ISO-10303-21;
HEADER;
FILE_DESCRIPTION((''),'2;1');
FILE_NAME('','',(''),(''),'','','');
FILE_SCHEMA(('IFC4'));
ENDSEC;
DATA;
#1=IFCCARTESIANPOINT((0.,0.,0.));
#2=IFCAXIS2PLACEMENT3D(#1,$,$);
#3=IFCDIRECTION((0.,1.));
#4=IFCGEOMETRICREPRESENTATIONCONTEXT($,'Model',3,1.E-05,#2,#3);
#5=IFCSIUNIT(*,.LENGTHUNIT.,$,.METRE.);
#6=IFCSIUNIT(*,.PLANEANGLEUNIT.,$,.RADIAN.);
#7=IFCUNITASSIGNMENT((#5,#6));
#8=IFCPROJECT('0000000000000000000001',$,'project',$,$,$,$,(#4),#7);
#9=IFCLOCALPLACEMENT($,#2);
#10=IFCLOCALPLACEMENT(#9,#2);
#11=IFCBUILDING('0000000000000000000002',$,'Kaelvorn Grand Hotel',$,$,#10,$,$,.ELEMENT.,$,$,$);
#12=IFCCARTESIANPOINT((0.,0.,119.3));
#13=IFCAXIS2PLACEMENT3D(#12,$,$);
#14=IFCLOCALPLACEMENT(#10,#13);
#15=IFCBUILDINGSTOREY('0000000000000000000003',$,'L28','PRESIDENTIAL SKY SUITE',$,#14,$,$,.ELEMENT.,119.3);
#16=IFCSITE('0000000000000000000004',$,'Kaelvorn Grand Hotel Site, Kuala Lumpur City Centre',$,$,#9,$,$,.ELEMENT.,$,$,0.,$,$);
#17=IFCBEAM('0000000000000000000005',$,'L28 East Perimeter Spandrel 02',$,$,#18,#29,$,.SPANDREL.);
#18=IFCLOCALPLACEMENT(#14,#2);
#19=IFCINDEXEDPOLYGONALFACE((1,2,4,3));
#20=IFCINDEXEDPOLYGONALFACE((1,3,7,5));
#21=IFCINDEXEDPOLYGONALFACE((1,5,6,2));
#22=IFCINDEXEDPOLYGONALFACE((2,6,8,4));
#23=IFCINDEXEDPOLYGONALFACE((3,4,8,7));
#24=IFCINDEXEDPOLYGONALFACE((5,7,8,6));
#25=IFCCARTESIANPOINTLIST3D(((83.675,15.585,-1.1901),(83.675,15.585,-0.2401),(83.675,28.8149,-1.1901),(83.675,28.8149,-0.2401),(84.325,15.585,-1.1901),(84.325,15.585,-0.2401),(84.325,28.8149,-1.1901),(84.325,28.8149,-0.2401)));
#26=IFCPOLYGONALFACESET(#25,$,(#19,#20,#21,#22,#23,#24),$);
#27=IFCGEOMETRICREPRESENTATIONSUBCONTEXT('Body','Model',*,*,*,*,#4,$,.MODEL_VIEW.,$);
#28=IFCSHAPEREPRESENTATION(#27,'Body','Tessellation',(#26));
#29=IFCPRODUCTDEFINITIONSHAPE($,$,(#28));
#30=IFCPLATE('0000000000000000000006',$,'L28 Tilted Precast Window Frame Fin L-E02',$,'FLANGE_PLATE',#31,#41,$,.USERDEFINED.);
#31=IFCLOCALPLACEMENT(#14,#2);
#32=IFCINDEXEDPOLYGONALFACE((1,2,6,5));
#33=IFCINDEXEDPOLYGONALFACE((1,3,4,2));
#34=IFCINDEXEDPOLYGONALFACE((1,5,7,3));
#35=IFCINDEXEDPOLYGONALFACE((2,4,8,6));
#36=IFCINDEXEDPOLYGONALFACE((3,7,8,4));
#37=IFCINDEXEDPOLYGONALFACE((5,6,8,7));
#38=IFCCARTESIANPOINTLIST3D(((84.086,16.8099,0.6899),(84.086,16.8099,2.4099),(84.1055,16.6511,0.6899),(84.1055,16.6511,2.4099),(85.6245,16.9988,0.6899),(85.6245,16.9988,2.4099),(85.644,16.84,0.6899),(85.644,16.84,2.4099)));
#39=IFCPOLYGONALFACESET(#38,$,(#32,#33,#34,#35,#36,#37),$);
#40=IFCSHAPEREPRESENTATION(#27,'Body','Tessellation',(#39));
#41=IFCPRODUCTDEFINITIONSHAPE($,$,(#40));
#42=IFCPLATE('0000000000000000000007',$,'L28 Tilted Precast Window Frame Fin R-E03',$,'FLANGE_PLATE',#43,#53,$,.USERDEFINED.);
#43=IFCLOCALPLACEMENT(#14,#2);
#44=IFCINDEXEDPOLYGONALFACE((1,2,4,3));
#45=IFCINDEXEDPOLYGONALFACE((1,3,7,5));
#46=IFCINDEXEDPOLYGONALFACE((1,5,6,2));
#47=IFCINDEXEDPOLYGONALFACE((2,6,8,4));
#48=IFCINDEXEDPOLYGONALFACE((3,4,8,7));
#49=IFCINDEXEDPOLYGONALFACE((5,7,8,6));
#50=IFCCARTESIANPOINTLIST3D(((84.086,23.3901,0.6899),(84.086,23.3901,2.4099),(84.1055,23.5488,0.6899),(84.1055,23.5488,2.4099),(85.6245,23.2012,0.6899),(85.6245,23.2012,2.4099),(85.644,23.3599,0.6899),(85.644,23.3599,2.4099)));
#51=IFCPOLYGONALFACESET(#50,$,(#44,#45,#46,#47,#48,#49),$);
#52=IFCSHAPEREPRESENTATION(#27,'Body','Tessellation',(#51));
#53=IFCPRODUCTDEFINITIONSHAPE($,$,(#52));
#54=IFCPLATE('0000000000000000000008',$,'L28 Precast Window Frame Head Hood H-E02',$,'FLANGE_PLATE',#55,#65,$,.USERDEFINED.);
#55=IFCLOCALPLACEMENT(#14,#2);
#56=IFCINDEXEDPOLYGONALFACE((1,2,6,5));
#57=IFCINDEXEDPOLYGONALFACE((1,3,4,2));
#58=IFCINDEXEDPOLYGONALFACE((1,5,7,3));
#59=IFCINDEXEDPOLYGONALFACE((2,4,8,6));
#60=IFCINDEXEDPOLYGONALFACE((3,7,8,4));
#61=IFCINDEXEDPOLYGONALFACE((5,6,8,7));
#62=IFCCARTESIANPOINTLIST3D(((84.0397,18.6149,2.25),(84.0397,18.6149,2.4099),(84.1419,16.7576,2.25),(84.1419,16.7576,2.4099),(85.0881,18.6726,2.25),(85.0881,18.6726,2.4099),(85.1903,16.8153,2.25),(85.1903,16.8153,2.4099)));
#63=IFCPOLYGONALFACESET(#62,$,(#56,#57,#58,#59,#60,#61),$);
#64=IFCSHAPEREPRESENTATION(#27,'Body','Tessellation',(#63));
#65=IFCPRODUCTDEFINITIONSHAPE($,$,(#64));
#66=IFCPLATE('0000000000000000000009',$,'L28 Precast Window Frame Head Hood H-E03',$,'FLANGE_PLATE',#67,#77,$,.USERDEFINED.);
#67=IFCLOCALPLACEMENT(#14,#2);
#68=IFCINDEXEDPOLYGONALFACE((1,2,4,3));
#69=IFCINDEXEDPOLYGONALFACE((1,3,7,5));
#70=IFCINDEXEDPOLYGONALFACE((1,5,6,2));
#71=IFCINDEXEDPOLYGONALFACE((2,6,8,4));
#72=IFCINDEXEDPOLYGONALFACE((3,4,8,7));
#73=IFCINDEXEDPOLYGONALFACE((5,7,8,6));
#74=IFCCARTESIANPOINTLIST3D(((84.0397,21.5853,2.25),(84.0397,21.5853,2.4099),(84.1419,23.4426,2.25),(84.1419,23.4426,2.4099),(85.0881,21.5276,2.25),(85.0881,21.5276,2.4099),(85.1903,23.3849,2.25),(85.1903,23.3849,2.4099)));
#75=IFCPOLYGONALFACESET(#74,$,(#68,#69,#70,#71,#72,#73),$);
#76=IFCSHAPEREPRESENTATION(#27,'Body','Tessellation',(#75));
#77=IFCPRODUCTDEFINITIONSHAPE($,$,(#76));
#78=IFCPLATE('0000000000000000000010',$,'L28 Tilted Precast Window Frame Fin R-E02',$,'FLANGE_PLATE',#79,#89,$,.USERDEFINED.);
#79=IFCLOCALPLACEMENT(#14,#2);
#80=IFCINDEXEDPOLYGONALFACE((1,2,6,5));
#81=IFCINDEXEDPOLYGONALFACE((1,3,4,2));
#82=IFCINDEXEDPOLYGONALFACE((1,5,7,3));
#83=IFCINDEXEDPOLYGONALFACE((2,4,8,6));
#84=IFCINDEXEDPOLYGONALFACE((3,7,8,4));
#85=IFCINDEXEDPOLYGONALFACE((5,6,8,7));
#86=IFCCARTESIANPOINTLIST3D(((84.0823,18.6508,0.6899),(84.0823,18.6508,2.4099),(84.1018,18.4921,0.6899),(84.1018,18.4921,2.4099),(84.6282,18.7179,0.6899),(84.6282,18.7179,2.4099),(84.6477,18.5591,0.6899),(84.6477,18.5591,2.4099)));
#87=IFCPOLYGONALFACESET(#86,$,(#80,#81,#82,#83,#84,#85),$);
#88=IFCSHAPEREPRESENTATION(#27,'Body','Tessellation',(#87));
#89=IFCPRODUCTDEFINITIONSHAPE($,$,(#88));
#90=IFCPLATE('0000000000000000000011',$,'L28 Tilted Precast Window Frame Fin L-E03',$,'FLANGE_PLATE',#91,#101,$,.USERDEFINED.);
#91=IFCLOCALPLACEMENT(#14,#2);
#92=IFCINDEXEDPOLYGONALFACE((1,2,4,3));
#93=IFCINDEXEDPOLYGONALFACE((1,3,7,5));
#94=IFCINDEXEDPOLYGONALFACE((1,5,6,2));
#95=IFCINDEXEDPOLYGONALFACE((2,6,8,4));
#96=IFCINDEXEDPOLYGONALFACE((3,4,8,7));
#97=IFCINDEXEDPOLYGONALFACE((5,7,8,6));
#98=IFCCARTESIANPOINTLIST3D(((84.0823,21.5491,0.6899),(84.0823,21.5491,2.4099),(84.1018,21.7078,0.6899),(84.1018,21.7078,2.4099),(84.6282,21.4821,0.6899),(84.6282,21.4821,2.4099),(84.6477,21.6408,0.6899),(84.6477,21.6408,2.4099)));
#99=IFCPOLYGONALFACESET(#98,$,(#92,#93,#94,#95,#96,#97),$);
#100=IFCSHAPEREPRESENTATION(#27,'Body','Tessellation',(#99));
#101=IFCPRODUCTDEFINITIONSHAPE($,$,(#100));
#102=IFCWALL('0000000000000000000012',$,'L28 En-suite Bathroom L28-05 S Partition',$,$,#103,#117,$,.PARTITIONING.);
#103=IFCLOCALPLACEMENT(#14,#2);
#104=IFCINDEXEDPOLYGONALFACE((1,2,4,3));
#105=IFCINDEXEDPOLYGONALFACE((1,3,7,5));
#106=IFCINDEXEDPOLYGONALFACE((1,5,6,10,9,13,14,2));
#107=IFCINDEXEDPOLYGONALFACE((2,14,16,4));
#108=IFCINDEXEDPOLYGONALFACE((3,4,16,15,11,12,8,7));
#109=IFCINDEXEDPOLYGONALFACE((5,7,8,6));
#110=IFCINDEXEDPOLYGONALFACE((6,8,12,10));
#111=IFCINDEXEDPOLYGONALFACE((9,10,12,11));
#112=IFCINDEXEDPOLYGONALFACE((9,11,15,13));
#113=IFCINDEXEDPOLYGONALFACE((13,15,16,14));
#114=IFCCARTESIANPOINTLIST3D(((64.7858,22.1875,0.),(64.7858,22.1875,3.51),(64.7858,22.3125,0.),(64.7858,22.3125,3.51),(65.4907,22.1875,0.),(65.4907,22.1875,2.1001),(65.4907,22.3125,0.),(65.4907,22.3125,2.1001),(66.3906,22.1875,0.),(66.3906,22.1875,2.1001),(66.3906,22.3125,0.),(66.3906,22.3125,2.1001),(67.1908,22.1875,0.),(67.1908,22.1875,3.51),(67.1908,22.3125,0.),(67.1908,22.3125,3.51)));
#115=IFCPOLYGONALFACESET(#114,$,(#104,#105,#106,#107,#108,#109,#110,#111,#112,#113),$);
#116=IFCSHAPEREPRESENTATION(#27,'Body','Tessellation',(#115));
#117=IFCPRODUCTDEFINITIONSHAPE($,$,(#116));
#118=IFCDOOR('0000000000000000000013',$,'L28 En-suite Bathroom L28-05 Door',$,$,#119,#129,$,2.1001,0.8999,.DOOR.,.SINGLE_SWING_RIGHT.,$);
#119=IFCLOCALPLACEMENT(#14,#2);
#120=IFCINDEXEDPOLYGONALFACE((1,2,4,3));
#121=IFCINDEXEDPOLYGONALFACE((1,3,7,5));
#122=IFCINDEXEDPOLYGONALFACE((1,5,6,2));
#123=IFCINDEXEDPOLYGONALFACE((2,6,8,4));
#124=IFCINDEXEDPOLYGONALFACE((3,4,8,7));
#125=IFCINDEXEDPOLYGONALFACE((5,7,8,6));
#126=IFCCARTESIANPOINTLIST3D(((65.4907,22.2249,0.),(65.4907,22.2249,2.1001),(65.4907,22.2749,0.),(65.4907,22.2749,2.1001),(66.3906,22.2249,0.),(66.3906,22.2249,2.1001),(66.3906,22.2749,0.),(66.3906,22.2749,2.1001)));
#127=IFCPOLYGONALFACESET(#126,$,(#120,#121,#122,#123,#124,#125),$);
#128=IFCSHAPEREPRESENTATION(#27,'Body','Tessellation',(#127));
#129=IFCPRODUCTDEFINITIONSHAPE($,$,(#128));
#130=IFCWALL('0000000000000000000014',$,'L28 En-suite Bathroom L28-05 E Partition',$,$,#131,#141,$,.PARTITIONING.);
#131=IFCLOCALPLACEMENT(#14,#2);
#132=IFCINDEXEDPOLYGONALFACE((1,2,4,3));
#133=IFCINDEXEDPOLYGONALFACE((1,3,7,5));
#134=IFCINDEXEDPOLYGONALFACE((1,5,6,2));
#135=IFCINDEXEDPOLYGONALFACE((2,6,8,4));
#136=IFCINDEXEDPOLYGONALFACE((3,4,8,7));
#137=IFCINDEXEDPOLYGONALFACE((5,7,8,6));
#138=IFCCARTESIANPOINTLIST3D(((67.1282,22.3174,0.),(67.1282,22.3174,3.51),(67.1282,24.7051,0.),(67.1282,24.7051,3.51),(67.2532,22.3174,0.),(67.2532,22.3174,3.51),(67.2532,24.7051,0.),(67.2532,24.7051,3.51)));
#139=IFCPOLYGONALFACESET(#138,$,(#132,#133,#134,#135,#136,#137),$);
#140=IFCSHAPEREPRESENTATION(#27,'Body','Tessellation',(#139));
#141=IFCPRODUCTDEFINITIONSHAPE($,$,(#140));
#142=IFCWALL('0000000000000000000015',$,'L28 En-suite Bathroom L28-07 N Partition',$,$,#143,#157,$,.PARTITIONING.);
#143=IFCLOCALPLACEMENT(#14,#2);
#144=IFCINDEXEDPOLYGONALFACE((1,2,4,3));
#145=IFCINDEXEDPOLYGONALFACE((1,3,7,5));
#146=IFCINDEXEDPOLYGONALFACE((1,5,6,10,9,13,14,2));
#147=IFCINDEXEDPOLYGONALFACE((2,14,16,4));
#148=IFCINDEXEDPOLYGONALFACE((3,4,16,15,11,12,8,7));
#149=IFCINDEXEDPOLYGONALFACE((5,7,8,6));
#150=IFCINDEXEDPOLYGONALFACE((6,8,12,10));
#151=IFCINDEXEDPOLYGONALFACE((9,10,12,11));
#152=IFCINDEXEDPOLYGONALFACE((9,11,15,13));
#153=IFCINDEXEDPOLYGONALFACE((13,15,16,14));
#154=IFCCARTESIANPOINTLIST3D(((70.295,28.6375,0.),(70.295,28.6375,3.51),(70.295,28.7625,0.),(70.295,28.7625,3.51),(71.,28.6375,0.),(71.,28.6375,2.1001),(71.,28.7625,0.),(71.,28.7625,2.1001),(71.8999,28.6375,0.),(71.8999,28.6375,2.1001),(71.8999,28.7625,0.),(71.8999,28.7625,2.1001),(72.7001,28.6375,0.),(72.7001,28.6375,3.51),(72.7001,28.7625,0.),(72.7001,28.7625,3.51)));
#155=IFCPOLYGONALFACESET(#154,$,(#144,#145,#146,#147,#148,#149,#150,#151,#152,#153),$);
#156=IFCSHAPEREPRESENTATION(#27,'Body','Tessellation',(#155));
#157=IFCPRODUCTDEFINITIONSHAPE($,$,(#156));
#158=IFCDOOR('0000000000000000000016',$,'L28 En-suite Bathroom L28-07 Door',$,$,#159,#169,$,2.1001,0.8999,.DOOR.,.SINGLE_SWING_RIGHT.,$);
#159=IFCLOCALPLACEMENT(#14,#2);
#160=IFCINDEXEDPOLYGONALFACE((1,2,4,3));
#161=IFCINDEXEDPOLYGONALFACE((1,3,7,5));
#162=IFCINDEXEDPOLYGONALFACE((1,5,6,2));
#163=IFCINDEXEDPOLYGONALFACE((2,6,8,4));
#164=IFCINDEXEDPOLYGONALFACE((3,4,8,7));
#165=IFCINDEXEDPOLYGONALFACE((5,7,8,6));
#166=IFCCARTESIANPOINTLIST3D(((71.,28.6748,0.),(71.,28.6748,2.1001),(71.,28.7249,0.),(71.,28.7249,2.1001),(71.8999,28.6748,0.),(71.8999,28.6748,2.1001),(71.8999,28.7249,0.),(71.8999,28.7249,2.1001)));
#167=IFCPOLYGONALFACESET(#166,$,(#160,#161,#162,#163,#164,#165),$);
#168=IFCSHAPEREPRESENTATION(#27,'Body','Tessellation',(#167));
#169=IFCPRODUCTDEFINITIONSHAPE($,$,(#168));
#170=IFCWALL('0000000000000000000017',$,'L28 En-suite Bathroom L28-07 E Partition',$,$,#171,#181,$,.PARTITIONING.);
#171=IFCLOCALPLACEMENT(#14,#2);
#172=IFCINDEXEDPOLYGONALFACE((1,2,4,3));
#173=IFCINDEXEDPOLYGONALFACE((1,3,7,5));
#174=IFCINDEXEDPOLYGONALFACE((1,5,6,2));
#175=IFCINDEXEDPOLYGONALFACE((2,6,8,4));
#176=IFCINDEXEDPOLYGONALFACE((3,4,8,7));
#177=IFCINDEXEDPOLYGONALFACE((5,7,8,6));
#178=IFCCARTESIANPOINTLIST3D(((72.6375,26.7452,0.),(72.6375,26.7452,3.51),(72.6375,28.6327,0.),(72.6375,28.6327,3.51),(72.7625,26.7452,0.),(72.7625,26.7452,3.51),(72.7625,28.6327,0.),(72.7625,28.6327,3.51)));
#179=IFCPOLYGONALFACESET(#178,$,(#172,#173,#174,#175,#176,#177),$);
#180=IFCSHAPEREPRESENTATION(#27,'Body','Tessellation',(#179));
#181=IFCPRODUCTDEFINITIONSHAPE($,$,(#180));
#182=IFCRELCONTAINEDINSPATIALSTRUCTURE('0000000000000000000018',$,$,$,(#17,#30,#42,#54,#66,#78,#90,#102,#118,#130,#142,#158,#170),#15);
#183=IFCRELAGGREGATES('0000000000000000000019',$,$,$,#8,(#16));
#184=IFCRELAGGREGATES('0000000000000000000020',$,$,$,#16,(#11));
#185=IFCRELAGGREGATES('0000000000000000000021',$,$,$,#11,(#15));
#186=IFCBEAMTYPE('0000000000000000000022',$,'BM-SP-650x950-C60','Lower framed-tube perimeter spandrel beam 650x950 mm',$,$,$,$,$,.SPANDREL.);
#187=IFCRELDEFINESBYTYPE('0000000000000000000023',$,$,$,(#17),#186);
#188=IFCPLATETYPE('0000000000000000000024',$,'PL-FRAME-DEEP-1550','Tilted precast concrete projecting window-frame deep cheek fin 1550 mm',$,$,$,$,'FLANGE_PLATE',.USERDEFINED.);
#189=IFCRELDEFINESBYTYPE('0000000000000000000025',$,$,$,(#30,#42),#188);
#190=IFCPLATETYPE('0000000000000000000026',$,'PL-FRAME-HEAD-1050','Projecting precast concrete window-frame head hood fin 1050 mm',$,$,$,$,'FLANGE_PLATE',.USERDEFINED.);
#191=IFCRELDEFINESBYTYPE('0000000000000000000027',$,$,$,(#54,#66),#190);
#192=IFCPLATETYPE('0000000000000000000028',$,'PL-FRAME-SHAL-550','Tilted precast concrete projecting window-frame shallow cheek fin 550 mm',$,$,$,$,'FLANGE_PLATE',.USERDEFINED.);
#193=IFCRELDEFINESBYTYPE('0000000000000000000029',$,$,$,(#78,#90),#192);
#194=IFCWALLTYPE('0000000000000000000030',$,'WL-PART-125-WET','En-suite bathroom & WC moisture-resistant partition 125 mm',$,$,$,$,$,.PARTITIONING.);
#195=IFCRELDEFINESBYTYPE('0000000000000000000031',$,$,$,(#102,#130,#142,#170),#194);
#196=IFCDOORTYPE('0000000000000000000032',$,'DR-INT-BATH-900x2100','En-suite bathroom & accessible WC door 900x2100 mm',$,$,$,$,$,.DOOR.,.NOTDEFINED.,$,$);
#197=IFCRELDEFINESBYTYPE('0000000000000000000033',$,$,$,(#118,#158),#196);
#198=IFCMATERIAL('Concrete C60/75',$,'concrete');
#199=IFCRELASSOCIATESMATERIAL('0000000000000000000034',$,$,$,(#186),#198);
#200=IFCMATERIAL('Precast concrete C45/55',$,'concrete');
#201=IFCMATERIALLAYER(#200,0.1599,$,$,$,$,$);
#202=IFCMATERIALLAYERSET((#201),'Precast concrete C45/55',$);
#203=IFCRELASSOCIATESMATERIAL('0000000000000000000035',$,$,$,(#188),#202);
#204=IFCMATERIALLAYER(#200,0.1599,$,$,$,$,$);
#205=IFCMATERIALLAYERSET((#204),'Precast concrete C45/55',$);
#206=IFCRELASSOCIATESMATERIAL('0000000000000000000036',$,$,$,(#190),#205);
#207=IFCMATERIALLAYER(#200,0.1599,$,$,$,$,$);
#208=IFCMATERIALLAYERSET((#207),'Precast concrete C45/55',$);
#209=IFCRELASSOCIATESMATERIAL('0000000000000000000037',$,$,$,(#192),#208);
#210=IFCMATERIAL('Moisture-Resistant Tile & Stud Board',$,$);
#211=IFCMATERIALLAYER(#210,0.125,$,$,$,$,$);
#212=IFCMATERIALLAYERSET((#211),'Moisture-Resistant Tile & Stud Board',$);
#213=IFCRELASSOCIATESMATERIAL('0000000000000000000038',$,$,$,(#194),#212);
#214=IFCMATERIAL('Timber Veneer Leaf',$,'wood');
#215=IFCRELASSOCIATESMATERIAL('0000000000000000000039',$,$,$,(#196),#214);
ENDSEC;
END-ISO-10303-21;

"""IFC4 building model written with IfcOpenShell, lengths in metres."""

from ifc_helpers import new_model, si_unit, direction, frame, frame_2d, origin, origin_2d, place, context, subcontext, project, spatial, rectangle, extrude, material, layer, layer_set, material_profile, profile_set, type_object, element, fill, save


model = new_model("IFC4")

# Units and contexts
model_context = context("Model", 3, precision=1e-05, world=origin(), true_north=direction((0.0, 1.0)))
body_context = subcontext(model_context, "Body", "Model", "MODEL_VIEW")
ifc_project = project(units=[si_unit("LENGTHUNIT", "METRE"), si_unit("PLANEANGLEUNIT", "RADIAN")], contexts=[model_context])

# Site, building, storey
site_placement = place(None, origin())
site = spatial("IfcSite", under=ifc_project, at=site_placement, Name="Kaelvorn Grand Hotel Site, Kuala Lumpur City Centre", CompositionType="ELEMENT", RefElevation=0.0)
building_placement = place(site_placement, origin())
building = spatial("IfcBuilding", under=site, at=building_placement, Name="Kaelvorn Grand Hotel", CompositionType="ELEMENT")
storey_placement = place(building_placement, frame((0.0, 0.0, 119.3)))
storey = spatial("IfcBuildingStorey", under=building, at=storey_placement, Name="L28", Description="PRESIDENTIAL SKY SUITE", CompositionType="ELEMENT", Elevation=119.3)

# Shared definitions
ifc_material_1 = material(Name="Concrete C60/75", Category="concrete")

# Beam
ifc_material_profile_1 = material_profile(ifc_material_1, rectangle(XDim=0.6499, YDim=0.95, at=origin_2d()), Name="RC SPANDREL 650x950")
ifc_profile_set_1 = profile_set([ifc_material_profile_1], Name="Concrete C60/75")
beam_type_1 = type_object("IfcBeamType", Name="BM-SP-650x950-C60", Description="Lower framed-tube perimeter spandrel beam 650x950 mm", PredefinedType="SPANDREL", material=ifc_profile_set_1)
beam_1_placement = place(storey_placement, frame((84.0, 15.585, -0.7151), z_axis=(0.0, 1.0, 0.0), x_axis=(-1.0, 0.0, 0.0)))
element("IfcBeam", 1, at=beam_1_placement, inside=storey, type_object=beam_type_1, Name="L28 East Perimeter Spandrel 02", PredefinedType="SPANDREL", context=body_context, shape_type="SweptSolid", body=[
    extrude(rectangle(XDim=0.6499, YDim=0.95, at=origin_2d()), origin(), (0.0, 0.0, 1.0), 13.23),
])

# Plates
ifc_material_2 = material(Name="Precast concrete C45/55", Category="concrete")
ifc_layer_1 = layer(ifc_material_2, 0.1599)
ifc_layer_set_1 = layer_set([ifc_layer_1], Name="Precast concrete C45/55")
plate_type_1 = type_object("IfcPlateType", Name="PL-FRAME-DEEP-1550", Description="Tilted precast concrete projecting window-frame deep cheek fin 1550 mm", ElementType="FLANGE_PLATE", PredefinedType="USERDEFINED", material=ifc_layer_set_1)
for number, where, z_axis, x_axis, name in (
    (2, (84.865, 16.825, 0.6899), (0.0, 0.0, 1.0), (-0.121869, 0.992546, 0.0), "L28 Tilted Precast Window Frame Fin L-E02"),
    (3, (84.865, 23.375, 0.6899), (0.0, 0.0, 1.0), (0.121869, 0.992546, 0.0), "L28 Tilted Precast Window Frame Fin R-E03"),
):
    element("IfcPlate", number, at=place(storey_placement, frame(where, z_axis=z_axis, x_axis=x_axis)), inside=storey, type_object=plate_type_1, Name=name, ObjectType="FLANGE_PLATE", PredefinedType="USERDEFINED", context=body_context, shape_type="SweptSolid", body=[
        extrude(rectangle(XDim=0.1599, YDim=1.55, at=origin_2d()), origin(), (0.0, 0.0, 1.0), 1.72),
    ])
ifc_layer_2 = layer(ifc_material_2, 0.1599)
ifc_layer_set_2 = layer_set([ifc_layer_2], Name="Precast concrete C45/55")
plate_type_2 = type_object("IfcPlateType", Name="PL-FRAME-HEAD-1050", Description="Projecting precast concrete window-frame head hood fin 1050 mm", ElementType="FLANGE_PLATE", PredefinedType="USERDEFINED", material=ifc_layer_set_2)
for number, where, z_axis, x_axis, name in (
    (4, (84.615, 17.7151, 2.25), (0.0, 0.0, 1.0), (-0.05495, 0.998489, 0.0), "L28 Precast Window Frame Head Hood H-E02"),
    (5, (84.615, 22.4851, 2.25), (0.0, 0.0, 1.0), (0.05495, 0.998489, 0.0), "L28 Precast Window Frame Head Hood H-E03"),
):
    element("IfcPlate", number, at=place(storey_placement, frame(where, z_axis=z_axis, x_axis=x_axis)), inside=storey, type_object=plate_type_2, Name=name, ObjectType="FLANGE_PLATE", PredefinedType="USERDEFINED", context=body_context, shape_type="SweptSolid", body=[
        extrude(rectangle(XDim=1.8601, YDim=1.05, at=origin_2d()), origin(), (0.0, 0.0, 1.0), 0.1599),
    ])
ifc_layer_3 = layer(ifc_material_2, 0.1599)
ifc_layer_set_3 = layer_set([ifc_layer_3], Name="Precast concrete C45/55")
plate_type_3 = type_object("IfcPlateType", Name="PL-FRAME-SHAL-550", Description="Tilted precast concrete projecting window-frame shallow cheek fin 550 mm", ElementType="FLANGE_PLATE", PredefinedType="USERDEFINED", material=ifc_layer_set_3)
for number, where, z_axis, x_axis, name in (
    (6, (84.365, 18.605, 0.6899), (0.0, 0.0, 1.0), (-0.121869, 0.992546, 0.0), "L28 Tilted Precast Window Frame Fin R-E02"),
    (7, (84.365, 21.595, 0.6899), (0.0, 0.0, 1.0), (0.121869, 0.992546, 0.0), "L28 Tilted Precast Window Frame Fin L-E03"),
):
    element("IfcPlate", number, at=place(storey_placement, frame(where, z_axis=z_axis, x_axis=x_axis)), inside=storey, type_object=plate_type_3, Name=name, ObjectType="FLANGE_PLATE", PredefinedType="USERDEFINED", context=body_context, shape_type="SweptSolid", body=[
        extrude(rectangle(XDim=0.1599, YDim=0.55, at=origin_2d()), origin(), (0.0, 0.0, 1.0), 1.72),
    ])

# Wall, opening, door
ifc_material_3 = material(Name="Moisture-Resistant Tile & Stud Board")
ifc_layer_4 = layer(ifc_material_3, 0.125)
ifc_layer_set_4 = layer_set([ifc_layer_4], Name="Moisture-Resistant Tile & Stud Board")
wall_type_1 = type_object("IfcWallType", Name="WL-PART-125-WET", Description="En-suite bathroom & WC moisture-resistant partition 125 mm", PredefinedType="PARTITIONING", material=ifc_layer_set_4)
wall_1_placement = place(storey_placement, frame((64.7856, 22.25, 0.0), z_axis=(0.0, 0.0, 1.0), x_axis=(1.0, 0.0, 0.0)))
wall_1 = element("IfcWall", 8, at=wall_1_placement, inside=storey, type_object=wall_type_1, Name="L28 En-suite Bathroom L28-05 S Partition", PredefinedType="PARTITIONING", context=body_context, shape_type="SweptSolid", body=[
    extrude(rectangle(XDim=2.405, YDim=0.125, at=frame_2d((1.2026, 0.0))), origin(), (0.0, 0.0, 1.0), 3.51),
])
opening_1_placement = place(wall_1_placement, frame((0.7051, 0.0, 0.0)))
opening_1 = element("IfcOpeningElement", 9, at=opening_1_placement, cuts=wall_1, PredefinedType="OPENING", context=body_context, shape_type="SweptSolid", body=[
    extrude(rectangle(XDim=0.8999, YDim=2.1001, at=frame_2d((0.45, 1.05))), frame((0.0, 0.0725, 0.0), z_axis=(0.0, -1.0, 0.0), x_axis=(1.0, 0.0, 0.0)), (0.0, 0.0, 1.0), 0.145),
])
ifc_material_4 = material(Name="Timber Veneer Leaf", Category="wood")
door_type_1 = type_object("IfcDoorType", Name="DR-INT-BATH-900x2100", Description="En-suite bathroom & accessible WC door 900x2100 mm", OperationType="NOTDEFINED", PredefinedType="DOOR", material=ifc_material_4)
door_1_placement = place(opening_1_placement, origin())
door_1 = element("IfcDoor", 10, at=door_1_placement, inside=storey, type_object=door_type_1, Name="L28 En-suite Bathroom L28-05 Door", OperationType="SINGLE_SWING_RIGHT", OverallHeight=2.1001, OverallWidth=0.8999, PredefinedType="DOOR", context=body_context, shape_type="SweptSolid", body=[
    extrude(rectangle(XDim=0.8999, YDim=2.1001, at=frame_2d((0.45, 1.05))), frame((0.0, 0.0249, 0.0), z_axis=(0.0, -1.0, 0.0), x_axis=(1.0, 0.0, 0.0)), (0.0, 0.0, 1.0), 0.05),
])
fill(opening_1, door_1)

# Wall
wall_2_placement = place(storey_placement, frame((67.1907, 22.3174, 0.0), z_axis=(0.0, 0.0, 1.0), x_axis=(0.0, 1.0, 0.0)))
element("IfcWall", 11, at=wall_2_placement, inside=storey, type_object=wall_type_1, Name="L28 En-suite Bathroom L28-05 E Partition", PredefinedType="PARTITIONING", context=body_context, shape_type="SweptSolid", body=[
    extrude(rectangle(XDim=2.3877, YDim=0.125, at=frame_2d((1.1938, 0.0))), origin(), (0.0, 0.0, 1.0), 3.51),
])

# Wall, opening, door
wall_3_placement = place(storey_placement, frame((70.2949, 28.7, 0.0), z_axis=(0.0, 0.0, 1.0), x_axis=(1.0, 0.0, 0.0)))
wall_3 = element("IfcWall", 12, at=wall_3_placement, inside=storey, type_object=wall_type_1, Name="L28 En-suite Bathroom L28-07 N Partition", PredefinedType="PARTITIONING", context=body_context, shape_type="SweptSolid", body=[
    extrude(rectangle(XDim=2.405, YDim=0.125, at=frame_2d((1.2026, 0.0))), origin(), (0.0, 0.0, 1.0), 3.51),
])
opening_2_placement = place(wall_3_placement, frame((0.7051, 0.0, 0.0)))
opening_2 = element("IfcOpeningElement", 13, at=opening_2_placement, cuts=wall_3, PredefinedType="OPENING", context=body_context, shape_type="SweptSolid", body=[
    extrude(rectangle(XDim=0.8999, YDim=2.1001, at=frame_2d((0.45, 1.05))), frame((0.0, 0.0725, 0.0), z_axis=(0.0, -1.0, 0.0), x_axis=(1.0, 0.0, 0.0)), (0.0, 0.0, 1.0), 0.145),
])
door_2_placement = place(opening_2_placement, origin())
door_2 = element("IfcDoor", 14, at=door_2_placement, inside=storey, type_object=door_type_1, Name="L28 En-suite Bathroom L28-07 Door", OperationType="SINGLE_SWING_RIGHT", OverallHeight=2.1001, OverallWidth=0.8999, PredefinedType="DOOR", context=body_context, shape_type="SweptSolid", body=[
    extrude(rectangle(XDim=0.8999, YDim=2.1001, at=frame_2d((0.45, 1.05))), frame((0.0, 0.0249, 0.0), z_axis=(0.0, -1.0, 0.0), x_axis=(1.0, 0.0, 0.0)), (0.0, 0.0, 1.0), 0.05),
])
fill(opening_2, door_2)

# Wall
wall_4_placement = place(storey_placement, frame((72.7, 26.7451, 0.0), z_axis=(0.0, 0.0, 1.0), x_axis=(0.0, 1.0, 0.0)))
element("IfcWall", 15, at=wall_4_placement, inside=storey, type_object=wall_type_1, Name="L28 En-suite Bathroom L28-07 E Partition", PredefinedType="PARTITIONING", context=body_context, shape_type="SweptSolid", body=[
    extrude(rectangle(XDim=1.8875, YDim=0.125, at=frame_2d((0.9438, 0.0))), origin(), (0.0, 0.0, 1.0), 3.51),
])

save(model, "model.ifc")
